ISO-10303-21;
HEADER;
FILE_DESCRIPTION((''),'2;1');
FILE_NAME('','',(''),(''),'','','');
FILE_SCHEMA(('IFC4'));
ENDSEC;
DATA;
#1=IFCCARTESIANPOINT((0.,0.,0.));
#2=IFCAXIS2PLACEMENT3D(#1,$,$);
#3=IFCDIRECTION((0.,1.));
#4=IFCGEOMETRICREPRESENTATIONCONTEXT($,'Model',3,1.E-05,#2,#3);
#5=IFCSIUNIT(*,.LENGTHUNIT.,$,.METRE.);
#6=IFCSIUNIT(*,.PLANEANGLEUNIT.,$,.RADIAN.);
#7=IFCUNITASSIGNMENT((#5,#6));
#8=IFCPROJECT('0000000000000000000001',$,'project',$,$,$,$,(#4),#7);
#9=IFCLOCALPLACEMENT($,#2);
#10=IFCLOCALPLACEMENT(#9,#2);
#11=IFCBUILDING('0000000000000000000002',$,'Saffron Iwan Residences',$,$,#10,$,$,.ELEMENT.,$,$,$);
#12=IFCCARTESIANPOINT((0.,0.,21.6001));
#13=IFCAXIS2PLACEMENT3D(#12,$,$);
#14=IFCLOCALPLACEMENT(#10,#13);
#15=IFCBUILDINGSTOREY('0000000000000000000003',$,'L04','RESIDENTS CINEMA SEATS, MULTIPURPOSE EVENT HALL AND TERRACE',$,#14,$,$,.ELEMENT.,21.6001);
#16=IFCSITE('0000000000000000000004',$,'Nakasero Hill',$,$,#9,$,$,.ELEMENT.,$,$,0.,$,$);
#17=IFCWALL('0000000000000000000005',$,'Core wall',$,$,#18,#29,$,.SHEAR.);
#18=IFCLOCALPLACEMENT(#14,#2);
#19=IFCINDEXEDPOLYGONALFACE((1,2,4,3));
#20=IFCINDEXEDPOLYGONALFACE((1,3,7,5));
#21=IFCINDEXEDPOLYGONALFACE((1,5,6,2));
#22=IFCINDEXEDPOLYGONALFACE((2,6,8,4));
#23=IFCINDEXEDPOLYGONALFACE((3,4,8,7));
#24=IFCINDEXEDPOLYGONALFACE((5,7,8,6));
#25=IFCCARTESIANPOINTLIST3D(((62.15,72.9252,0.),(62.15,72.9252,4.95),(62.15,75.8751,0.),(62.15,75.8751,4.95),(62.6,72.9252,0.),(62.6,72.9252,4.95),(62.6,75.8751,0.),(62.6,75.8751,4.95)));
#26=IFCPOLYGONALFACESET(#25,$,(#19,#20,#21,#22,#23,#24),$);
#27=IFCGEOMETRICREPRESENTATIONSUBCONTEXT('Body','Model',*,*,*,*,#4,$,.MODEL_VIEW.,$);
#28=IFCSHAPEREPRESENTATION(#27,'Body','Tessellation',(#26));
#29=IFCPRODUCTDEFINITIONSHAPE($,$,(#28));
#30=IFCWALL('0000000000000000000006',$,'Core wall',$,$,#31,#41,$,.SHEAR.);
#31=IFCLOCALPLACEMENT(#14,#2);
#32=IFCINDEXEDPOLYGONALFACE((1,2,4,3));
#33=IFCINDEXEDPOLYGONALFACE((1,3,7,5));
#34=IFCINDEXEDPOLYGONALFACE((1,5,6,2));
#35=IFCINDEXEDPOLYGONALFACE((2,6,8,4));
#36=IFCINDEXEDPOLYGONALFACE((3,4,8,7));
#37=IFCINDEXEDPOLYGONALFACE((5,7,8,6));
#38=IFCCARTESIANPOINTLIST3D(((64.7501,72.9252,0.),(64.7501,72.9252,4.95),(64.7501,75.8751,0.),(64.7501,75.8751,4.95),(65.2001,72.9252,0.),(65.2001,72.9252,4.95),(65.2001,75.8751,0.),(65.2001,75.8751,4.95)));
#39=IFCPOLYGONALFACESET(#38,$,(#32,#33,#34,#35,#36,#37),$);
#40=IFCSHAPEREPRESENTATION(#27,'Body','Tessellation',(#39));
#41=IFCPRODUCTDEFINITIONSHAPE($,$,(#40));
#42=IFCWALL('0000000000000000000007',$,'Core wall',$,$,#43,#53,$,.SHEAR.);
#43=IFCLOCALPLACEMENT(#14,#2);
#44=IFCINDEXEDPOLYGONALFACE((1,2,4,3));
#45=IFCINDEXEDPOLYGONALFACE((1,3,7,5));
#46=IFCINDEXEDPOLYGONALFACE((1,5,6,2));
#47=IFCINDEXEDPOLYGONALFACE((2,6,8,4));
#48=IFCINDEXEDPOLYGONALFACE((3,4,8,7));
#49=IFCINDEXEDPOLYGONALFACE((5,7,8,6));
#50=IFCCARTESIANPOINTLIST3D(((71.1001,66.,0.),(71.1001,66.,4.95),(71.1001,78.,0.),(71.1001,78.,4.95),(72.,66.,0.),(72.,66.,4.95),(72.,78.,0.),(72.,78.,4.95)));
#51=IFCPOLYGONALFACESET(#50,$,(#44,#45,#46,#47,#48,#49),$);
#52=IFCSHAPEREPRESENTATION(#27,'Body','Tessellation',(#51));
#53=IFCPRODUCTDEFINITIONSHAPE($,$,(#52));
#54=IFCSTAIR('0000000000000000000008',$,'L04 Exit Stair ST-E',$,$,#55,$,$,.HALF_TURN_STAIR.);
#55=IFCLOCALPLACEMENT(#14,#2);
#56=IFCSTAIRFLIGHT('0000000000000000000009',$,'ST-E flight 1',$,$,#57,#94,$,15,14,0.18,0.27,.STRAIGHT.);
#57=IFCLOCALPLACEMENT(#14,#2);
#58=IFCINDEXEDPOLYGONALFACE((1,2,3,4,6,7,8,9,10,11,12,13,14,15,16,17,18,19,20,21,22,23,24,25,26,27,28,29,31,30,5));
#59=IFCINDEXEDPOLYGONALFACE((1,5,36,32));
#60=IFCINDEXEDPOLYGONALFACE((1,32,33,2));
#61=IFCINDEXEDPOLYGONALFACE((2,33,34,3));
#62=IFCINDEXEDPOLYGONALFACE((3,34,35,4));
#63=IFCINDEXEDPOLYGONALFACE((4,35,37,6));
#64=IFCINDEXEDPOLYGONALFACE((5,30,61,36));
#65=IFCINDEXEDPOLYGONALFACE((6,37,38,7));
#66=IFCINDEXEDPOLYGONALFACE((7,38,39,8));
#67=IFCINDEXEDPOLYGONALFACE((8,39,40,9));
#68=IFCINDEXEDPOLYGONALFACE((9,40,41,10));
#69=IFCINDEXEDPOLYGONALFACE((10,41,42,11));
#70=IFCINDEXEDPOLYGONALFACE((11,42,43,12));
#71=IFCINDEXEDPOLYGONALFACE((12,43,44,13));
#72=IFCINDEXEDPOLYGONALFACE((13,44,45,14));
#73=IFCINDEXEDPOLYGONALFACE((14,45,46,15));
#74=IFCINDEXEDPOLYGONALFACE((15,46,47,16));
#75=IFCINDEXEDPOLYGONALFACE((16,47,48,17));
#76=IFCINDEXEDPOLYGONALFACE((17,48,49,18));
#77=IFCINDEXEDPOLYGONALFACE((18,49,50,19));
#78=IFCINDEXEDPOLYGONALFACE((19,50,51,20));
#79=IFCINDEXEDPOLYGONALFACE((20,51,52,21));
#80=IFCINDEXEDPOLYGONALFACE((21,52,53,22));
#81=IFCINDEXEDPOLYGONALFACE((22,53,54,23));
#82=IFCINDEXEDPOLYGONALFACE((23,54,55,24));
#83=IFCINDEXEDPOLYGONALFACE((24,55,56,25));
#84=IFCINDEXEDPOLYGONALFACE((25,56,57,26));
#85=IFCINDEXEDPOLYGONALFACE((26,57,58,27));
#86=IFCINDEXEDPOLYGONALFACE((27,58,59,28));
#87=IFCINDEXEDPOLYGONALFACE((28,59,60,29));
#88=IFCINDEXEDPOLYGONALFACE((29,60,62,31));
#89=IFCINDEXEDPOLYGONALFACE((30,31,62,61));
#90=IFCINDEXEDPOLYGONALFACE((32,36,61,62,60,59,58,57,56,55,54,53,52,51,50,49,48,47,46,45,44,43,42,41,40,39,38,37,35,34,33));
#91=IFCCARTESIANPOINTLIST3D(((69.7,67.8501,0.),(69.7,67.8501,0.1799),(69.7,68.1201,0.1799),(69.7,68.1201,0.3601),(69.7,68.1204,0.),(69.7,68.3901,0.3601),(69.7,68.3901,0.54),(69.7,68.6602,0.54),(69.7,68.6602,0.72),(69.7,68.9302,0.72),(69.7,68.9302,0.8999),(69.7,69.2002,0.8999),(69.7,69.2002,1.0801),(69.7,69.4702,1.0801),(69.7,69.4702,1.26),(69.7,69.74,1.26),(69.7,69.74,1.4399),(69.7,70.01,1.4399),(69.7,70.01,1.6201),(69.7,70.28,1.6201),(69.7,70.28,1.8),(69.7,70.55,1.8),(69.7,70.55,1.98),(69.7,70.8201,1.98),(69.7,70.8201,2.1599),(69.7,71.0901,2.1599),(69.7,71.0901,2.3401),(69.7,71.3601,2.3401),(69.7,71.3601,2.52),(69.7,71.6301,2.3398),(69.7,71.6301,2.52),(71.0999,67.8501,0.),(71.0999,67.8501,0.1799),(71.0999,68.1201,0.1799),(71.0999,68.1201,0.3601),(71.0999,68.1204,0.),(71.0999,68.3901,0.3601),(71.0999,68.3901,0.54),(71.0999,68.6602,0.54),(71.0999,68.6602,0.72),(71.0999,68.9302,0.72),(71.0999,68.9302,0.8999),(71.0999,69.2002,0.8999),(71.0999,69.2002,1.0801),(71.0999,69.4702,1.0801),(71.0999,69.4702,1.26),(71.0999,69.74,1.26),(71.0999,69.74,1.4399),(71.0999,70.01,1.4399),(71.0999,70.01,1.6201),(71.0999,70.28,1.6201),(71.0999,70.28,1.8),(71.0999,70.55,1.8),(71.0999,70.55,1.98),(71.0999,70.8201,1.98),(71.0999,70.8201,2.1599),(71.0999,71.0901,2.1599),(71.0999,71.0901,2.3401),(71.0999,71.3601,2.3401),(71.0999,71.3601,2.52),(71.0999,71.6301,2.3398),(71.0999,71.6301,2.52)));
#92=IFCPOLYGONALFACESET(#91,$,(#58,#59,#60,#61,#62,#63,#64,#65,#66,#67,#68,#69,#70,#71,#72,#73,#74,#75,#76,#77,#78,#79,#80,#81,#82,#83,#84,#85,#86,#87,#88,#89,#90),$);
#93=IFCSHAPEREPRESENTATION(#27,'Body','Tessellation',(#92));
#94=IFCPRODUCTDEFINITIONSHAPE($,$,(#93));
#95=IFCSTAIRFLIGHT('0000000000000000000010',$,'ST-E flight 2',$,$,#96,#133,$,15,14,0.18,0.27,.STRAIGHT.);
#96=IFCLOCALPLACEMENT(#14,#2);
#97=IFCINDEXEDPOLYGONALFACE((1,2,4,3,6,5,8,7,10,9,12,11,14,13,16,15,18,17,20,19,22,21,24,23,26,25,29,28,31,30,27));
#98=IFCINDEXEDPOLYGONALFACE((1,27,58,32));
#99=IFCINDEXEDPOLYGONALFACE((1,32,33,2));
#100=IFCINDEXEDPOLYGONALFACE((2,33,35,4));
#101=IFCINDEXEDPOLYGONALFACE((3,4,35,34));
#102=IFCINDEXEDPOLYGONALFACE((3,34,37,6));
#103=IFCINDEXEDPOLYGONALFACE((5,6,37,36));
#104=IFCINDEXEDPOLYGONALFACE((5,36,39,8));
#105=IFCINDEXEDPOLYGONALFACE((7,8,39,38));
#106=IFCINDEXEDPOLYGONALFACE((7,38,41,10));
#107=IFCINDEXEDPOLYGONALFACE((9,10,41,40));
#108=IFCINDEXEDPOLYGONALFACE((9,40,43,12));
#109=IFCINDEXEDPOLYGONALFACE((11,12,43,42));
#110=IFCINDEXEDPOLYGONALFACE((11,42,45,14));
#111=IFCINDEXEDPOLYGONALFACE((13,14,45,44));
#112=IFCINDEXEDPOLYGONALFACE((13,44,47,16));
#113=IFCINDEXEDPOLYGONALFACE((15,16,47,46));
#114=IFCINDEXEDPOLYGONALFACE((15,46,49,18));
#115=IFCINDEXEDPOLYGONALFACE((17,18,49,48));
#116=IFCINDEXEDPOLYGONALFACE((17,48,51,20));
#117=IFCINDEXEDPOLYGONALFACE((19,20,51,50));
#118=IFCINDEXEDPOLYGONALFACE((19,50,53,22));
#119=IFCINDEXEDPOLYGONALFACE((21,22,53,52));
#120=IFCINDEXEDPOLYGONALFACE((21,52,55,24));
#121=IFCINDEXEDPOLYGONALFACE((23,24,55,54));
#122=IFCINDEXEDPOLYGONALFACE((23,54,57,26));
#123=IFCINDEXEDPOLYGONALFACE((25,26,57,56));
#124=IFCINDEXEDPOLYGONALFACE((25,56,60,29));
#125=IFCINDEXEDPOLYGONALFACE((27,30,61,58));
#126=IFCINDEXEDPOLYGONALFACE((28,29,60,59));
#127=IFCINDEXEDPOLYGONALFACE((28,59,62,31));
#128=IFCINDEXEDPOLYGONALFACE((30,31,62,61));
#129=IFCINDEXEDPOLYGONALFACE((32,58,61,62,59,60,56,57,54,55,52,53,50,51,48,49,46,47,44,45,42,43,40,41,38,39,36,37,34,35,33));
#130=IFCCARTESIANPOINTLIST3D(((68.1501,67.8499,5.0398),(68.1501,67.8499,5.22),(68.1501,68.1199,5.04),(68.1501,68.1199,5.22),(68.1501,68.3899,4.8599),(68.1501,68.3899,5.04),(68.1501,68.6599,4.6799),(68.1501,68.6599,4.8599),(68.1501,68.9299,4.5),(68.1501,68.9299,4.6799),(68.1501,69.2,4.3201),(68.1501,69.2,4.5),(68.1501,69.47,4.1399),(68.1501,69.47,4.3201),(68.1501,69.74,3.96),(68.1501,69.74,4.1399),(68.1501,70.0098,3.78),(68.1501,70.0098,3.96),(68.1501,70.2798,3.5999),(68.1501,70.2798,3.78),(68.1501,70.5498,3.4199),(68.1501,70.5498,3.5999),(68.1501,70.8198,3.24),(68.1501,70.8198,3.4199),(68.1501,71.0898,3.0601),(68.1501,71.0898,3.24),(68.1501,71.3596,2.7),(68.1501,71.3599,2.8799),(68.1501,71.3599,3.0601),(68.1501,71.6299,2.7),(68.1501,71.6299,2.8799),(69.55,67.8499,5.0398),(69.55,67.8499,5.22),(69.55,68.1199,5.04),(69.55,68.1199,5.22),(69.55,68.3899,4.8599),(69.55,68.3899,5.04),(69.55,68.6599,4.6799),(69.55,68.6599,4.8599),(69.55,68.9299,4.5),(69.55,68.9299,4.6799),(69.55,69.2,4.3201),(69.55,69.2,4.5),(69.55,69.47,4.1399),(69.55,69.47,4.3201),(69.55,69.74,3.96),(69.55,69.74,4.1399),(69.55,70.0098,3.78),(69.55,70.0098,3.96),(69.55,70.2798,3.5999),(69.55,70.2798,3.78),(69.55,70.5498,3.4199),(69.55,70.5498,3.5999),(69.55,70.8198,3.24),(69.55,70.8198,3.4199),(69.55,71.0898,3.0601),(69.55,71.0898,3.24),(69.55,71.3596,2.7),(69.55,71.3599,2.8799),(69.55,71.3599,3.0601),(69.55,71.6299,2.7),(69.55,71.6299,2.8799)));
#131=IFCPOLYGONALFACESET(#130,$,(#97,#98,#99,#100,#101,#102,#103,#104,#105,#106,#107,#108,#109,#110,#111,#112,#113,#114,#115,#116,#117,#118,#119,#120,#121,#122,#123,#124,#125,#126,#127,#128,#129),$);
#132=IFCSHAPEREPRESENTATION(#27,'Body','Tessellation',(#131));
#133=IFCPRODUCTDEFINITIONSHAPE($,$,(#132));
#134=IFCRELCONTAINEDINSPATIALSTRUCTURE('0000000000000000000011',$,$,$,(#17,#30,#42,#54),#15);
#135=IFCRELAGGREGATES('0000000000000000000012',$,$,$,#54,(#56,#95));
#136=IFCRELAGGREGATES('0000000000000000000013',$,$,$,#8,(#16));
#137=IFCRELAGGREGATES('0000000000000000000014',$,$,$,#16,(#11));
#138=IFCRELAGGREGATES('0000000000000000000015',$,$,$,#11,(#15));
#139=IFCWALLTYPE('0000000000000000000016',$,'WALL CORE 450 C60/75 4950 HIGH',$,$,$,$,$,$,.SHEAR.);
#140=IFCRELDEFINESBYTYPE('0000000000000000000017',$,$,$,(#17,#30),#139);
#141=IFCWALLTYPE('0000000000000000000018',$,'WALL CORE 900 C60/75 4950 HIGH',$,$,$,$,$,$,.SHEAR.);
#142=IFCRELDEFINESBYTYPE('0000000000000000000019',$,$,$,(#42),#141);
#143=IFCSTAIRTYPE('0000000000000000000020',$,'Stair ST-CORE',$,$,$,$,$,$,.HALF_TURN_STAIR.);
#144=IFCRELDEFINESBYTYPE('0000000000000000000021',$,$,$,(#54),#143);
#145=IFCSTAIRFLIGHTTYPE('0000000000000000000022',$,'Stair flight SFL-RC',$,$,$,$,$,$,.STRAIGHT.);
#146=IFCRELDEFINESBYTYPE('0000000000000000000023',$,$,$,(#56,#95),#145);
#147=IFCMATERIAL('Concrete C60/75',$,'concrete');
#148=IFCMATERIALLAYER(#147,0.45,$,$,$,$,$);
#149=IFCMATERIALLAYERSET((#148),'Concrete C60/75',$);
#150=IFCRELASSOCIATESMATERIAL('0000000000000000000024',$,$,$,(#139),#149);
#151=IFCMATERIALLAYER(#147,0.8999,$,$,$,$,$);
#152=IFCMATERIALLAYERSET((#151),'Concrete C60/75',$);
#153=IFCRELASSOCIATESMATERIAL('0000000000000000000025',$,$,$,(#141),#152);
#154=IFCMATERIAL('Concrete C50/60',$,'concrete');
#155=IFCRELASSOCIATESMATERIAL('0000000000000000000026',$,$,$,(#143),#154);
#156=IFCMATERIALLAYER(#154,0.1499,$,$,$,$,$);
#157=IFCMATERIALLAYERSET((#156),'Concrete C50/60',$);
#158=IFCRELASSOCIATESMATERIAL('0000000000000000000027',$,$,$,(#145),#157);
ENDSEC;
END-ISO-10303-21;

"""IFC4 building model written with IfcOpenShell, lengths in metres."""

from ifc_helpers import new_model, si_unit, direction, frame, frame_2d, origin, place, context, subcontext, project, spatial, polyline, rectangle, outline, extrude, material, layer, layer_set, type_object, element, aggregate, save


model = new_model("IFC4")

# Units and contexts
model_context = context("Model", 3, precision=1e-05, world=origin(), true_north=direction((0.0, 1.0)))
body_context = subcontext(model_context, "Body", "Model", "MODEL_VIEW")
ifc_project = project(units=[si_unit("LENGTHUNIT", "METRE"), si_unit("PLANEANGLEUNIT", "RADIAN")], contexts=[model_context])

# Site, building, storey
site_placement = place(None, origin())
site = spatial("IfcSite", under=ifc_project, at=site_placement, Name="Nakasero Hill", CompositionType="ELEMENT", RefElevation=0.0)
building_placement = place(site_placement, origin())
building = spatial("IfcBuilding", under=site, at=building_placement, Name="Saffron Iwan Residences", CompositionType="ELEMENT")
storey_placement = place(building_placement, frame((0.0, 0.0, 21.6001)))
storey = spatial("IfcBuildingStorey", under=building, at=storey_placement, Name="L04", Description="RESIDENTS CINEMA SEATS, MULTIPURPOSE EVENT HALL AND TERRACE", CompositionType="ELEMENT", Elevation=21.6001)

# Shared definitions
ifc_material_1 = material(Name="Concrete C50/60", Category="concrete")

# Shared definitions
ifc_material_2 = material(Name="Concrete C60/75", Category="concrete")

# Shared definitions
ifc_layer_1 = layer(ifc_material_2, 0.45)
ifc_layer_set_1 = layer_set([ifc_layer_1], Name="Concrete C60/75")
wall_type_1 = type_object("IfcWallType", Name="WALL CORE 450 C60/75 4950 HIGH", PredefinedType="SHEAR", material=ifc_layer_set_1)

# Walls
for number, where, z_axis, x_axis, name in (
    (1, (62.375, 72.925, 0.0), (0.0, 0.0, 1.0), (0.0, 1.0, 0.0), "Core wall"),
    (2, (64.9751, 72.925, 0.0), (0.0, 0.0, 1.0), (0.0, 1.0, 0.0), "Core wall"),
):
    element("IfcWall", number, at=place(storey_placement, frame(where, z_axis=z_axis, x_axis=x_axis)), inside=storey, type_object=wall_type_1, Name=name, PredefinedType="SHEAR", context=body_context, shape_type="SweptSolid", body=[
        extrude(rectangle(XDim=2.95, YDim=0.45, at=frame_2d((1.4751, 0.0))), origin(), (0.0, 0.0, 1.0), 4.95),
    ])
ifc_layer_2 = layer(ifc_material_2, 0.8999)
ifc_layer_set_2 = layer_set([ifc_layer_2], Name="Concrete C60/75")
wall_type_2 = type_object("IfcWallType", Name="WALL CORE 900 C60/75 4950 HIGH", PredefinedType="SHEAR", material=ifc_layer_set_2)
wall_1_placement = place(storey_placement, frame((71.55, 66.0, 0.0), z_axis=(0.0, 0.0, 1.0), x_axis=(0.0, 1.0, 0.0)))
element("IfcWall", 3, at=wall_1_placement, inside=storey, type_object=wall_type_2, Name="Core wall", PredefinedType="SHEAR", context=body_context, shape_type="SweptSolid", body=[
    extrude(rectangle(XDim=12.0, YDim=0.8999, at=frame_2d((6.0, 0.0))), origin(), (0.0, 0.0, 1.0), 4.95),
])

# Stair, stair flights
stair_type = type_object("IfcStairType", Name="Stair ST-CORE", PredefinedType="HALF_TURN_STAIR", material=ifc_material_1)
stair_placement = place(storey_placement, origin())
stair = element("IfcStair", 4, at=stair_placement, inside=storey, type_object=stair_type, Name="L04 Exit Stair ST-E", PredefinedType="HALF_TURN_STAIR")
ifc_layer_3 = layer(ifc_material_1, 0.1499)
ifc_layer_set_3 = layer_set([ifc_layer_3], Name="Concrete C50/60")
stair_flight_type = type_object("IfcStairFlightType", Name="Stair flight SFL-RC", PredefinedType="STRAIGHT", material=ifc_layer_set_3)
stair_flight_1_placement = place(storey_placement, frame((70.3999, 67.8501, 0.0), z_axis=(0.0, 0.0, 1.0), x_axis=(0.0, 1.0, 0.0)))
stair_flight_1 = element("IfcStairFlight", 5, at=stair_flight_1_placement, type_object=stair_flight_type, Name="ST-E flight 1", NumberOfRisers=15, NumberOfTreads=14, PredefinedType="STRAIGHT", RiserHeight=0.18, TreadLength=0.27, context=body_context, shape_type="SweptSolid", body=[
    extrude(outline(polyline([(0.0, 0.0), (0.0, 0.1799), (0.27, 0.1799), (0.27, 0.3601), (0.54, 0.3601), (0.54, 0.54), (0.8101, 0.54), (0.8101, 0.72), (1.0801, 0.72), (1.0801, 0.8999), (1.3501, 0.8999), (1.3501, 1.0801), (1.6201, 1.0801), (1.6201, 1.26), (1.8899, 1.26), (1.8899, 1.4399), (2.1599, 1.4399), (2.1599, 1.6201), (2.4299, 1.6201), (2.4299, 1.8), (2.7, 1.8), (2.7, 1.98), (2.97, 1.98), (2.97, 2.1599), (3.24, 2.1599), (3.24, 2.3401), (3.51, 2.3401), (3.51, 2.52), (3.78, 2.52), (3.78, 2.7), (3.78, 2.3398), (0.2703, 0.0), (0.0, 0.0)])), frame((0.0, 0.7, 0.0), z_axis=(0.0, -1.0, 0.0), x_axis=(1.0, 0.0, 0.0)), (0.0, 0.0, 1.0), 1.3999),
])
stair_flight_2_placement = place(storey_placement, frame((68.8501, 71.6299, 2.7), z_axis=(0.0, 0.0, 1.0), x_axis=(0.0, -1.0, 0.0)))
stair_flight_2 = element("IfcStairFlight", 6, at=stair_flight_2_placement, type_object=stair_flight_type, Name="ST-E flight 2", NumberOfRisers=15, NumberOfTreads=14, PredefinedType="STRAIGHT", RiserHeight=0.18, TreadLength=0.27, context=body_context, shape_type="SweptSolid", body=[
    extrude(outline(polyline([(0.0, 0.0), (0.0, 0.1799), (0.27, 0.1799), (0.27, 0.3601), (0.54, 0.3601), (0.54, 0.54), (0.8101, 0.54), (0.8101, 0.72), (1.0801, 0.72), (1.0801, 0.8999), (1.3501, 0.8999), (1.3501, 1.0801), (1.6201, 1.0801), (1.6201, 1.26), (1.8899, 1.26), (1.8899, 1.4399), (2.1599, 1.4399), (2.1599, 1.6201), (2.4299, 1.6201), (2.4299, 1.8), (2.7, 1.8), (2.7, 1.98), (2.97, 1.98), (2.97, 2.1599), (3.24, 2.1599), (3.24, 2.3401), (3.51, 2.3401), (3.51, 2.52), (3.78, 2.52), (3.78, 2.7), (3.78, 2.3398), (0.2703, 0.0), (0.0, 0.0)])), frame((0.0, 0.7, 0.0), z_axis=(0.0, -1.0, 0.0), x_axis=(1.0, 0.0, 0.0)), (0.0, 0.0, 1.0), 1.3999),
])
aggregate(stair, [stair_flight_1, stair_flight_2])

save(model, "model.ifc")
